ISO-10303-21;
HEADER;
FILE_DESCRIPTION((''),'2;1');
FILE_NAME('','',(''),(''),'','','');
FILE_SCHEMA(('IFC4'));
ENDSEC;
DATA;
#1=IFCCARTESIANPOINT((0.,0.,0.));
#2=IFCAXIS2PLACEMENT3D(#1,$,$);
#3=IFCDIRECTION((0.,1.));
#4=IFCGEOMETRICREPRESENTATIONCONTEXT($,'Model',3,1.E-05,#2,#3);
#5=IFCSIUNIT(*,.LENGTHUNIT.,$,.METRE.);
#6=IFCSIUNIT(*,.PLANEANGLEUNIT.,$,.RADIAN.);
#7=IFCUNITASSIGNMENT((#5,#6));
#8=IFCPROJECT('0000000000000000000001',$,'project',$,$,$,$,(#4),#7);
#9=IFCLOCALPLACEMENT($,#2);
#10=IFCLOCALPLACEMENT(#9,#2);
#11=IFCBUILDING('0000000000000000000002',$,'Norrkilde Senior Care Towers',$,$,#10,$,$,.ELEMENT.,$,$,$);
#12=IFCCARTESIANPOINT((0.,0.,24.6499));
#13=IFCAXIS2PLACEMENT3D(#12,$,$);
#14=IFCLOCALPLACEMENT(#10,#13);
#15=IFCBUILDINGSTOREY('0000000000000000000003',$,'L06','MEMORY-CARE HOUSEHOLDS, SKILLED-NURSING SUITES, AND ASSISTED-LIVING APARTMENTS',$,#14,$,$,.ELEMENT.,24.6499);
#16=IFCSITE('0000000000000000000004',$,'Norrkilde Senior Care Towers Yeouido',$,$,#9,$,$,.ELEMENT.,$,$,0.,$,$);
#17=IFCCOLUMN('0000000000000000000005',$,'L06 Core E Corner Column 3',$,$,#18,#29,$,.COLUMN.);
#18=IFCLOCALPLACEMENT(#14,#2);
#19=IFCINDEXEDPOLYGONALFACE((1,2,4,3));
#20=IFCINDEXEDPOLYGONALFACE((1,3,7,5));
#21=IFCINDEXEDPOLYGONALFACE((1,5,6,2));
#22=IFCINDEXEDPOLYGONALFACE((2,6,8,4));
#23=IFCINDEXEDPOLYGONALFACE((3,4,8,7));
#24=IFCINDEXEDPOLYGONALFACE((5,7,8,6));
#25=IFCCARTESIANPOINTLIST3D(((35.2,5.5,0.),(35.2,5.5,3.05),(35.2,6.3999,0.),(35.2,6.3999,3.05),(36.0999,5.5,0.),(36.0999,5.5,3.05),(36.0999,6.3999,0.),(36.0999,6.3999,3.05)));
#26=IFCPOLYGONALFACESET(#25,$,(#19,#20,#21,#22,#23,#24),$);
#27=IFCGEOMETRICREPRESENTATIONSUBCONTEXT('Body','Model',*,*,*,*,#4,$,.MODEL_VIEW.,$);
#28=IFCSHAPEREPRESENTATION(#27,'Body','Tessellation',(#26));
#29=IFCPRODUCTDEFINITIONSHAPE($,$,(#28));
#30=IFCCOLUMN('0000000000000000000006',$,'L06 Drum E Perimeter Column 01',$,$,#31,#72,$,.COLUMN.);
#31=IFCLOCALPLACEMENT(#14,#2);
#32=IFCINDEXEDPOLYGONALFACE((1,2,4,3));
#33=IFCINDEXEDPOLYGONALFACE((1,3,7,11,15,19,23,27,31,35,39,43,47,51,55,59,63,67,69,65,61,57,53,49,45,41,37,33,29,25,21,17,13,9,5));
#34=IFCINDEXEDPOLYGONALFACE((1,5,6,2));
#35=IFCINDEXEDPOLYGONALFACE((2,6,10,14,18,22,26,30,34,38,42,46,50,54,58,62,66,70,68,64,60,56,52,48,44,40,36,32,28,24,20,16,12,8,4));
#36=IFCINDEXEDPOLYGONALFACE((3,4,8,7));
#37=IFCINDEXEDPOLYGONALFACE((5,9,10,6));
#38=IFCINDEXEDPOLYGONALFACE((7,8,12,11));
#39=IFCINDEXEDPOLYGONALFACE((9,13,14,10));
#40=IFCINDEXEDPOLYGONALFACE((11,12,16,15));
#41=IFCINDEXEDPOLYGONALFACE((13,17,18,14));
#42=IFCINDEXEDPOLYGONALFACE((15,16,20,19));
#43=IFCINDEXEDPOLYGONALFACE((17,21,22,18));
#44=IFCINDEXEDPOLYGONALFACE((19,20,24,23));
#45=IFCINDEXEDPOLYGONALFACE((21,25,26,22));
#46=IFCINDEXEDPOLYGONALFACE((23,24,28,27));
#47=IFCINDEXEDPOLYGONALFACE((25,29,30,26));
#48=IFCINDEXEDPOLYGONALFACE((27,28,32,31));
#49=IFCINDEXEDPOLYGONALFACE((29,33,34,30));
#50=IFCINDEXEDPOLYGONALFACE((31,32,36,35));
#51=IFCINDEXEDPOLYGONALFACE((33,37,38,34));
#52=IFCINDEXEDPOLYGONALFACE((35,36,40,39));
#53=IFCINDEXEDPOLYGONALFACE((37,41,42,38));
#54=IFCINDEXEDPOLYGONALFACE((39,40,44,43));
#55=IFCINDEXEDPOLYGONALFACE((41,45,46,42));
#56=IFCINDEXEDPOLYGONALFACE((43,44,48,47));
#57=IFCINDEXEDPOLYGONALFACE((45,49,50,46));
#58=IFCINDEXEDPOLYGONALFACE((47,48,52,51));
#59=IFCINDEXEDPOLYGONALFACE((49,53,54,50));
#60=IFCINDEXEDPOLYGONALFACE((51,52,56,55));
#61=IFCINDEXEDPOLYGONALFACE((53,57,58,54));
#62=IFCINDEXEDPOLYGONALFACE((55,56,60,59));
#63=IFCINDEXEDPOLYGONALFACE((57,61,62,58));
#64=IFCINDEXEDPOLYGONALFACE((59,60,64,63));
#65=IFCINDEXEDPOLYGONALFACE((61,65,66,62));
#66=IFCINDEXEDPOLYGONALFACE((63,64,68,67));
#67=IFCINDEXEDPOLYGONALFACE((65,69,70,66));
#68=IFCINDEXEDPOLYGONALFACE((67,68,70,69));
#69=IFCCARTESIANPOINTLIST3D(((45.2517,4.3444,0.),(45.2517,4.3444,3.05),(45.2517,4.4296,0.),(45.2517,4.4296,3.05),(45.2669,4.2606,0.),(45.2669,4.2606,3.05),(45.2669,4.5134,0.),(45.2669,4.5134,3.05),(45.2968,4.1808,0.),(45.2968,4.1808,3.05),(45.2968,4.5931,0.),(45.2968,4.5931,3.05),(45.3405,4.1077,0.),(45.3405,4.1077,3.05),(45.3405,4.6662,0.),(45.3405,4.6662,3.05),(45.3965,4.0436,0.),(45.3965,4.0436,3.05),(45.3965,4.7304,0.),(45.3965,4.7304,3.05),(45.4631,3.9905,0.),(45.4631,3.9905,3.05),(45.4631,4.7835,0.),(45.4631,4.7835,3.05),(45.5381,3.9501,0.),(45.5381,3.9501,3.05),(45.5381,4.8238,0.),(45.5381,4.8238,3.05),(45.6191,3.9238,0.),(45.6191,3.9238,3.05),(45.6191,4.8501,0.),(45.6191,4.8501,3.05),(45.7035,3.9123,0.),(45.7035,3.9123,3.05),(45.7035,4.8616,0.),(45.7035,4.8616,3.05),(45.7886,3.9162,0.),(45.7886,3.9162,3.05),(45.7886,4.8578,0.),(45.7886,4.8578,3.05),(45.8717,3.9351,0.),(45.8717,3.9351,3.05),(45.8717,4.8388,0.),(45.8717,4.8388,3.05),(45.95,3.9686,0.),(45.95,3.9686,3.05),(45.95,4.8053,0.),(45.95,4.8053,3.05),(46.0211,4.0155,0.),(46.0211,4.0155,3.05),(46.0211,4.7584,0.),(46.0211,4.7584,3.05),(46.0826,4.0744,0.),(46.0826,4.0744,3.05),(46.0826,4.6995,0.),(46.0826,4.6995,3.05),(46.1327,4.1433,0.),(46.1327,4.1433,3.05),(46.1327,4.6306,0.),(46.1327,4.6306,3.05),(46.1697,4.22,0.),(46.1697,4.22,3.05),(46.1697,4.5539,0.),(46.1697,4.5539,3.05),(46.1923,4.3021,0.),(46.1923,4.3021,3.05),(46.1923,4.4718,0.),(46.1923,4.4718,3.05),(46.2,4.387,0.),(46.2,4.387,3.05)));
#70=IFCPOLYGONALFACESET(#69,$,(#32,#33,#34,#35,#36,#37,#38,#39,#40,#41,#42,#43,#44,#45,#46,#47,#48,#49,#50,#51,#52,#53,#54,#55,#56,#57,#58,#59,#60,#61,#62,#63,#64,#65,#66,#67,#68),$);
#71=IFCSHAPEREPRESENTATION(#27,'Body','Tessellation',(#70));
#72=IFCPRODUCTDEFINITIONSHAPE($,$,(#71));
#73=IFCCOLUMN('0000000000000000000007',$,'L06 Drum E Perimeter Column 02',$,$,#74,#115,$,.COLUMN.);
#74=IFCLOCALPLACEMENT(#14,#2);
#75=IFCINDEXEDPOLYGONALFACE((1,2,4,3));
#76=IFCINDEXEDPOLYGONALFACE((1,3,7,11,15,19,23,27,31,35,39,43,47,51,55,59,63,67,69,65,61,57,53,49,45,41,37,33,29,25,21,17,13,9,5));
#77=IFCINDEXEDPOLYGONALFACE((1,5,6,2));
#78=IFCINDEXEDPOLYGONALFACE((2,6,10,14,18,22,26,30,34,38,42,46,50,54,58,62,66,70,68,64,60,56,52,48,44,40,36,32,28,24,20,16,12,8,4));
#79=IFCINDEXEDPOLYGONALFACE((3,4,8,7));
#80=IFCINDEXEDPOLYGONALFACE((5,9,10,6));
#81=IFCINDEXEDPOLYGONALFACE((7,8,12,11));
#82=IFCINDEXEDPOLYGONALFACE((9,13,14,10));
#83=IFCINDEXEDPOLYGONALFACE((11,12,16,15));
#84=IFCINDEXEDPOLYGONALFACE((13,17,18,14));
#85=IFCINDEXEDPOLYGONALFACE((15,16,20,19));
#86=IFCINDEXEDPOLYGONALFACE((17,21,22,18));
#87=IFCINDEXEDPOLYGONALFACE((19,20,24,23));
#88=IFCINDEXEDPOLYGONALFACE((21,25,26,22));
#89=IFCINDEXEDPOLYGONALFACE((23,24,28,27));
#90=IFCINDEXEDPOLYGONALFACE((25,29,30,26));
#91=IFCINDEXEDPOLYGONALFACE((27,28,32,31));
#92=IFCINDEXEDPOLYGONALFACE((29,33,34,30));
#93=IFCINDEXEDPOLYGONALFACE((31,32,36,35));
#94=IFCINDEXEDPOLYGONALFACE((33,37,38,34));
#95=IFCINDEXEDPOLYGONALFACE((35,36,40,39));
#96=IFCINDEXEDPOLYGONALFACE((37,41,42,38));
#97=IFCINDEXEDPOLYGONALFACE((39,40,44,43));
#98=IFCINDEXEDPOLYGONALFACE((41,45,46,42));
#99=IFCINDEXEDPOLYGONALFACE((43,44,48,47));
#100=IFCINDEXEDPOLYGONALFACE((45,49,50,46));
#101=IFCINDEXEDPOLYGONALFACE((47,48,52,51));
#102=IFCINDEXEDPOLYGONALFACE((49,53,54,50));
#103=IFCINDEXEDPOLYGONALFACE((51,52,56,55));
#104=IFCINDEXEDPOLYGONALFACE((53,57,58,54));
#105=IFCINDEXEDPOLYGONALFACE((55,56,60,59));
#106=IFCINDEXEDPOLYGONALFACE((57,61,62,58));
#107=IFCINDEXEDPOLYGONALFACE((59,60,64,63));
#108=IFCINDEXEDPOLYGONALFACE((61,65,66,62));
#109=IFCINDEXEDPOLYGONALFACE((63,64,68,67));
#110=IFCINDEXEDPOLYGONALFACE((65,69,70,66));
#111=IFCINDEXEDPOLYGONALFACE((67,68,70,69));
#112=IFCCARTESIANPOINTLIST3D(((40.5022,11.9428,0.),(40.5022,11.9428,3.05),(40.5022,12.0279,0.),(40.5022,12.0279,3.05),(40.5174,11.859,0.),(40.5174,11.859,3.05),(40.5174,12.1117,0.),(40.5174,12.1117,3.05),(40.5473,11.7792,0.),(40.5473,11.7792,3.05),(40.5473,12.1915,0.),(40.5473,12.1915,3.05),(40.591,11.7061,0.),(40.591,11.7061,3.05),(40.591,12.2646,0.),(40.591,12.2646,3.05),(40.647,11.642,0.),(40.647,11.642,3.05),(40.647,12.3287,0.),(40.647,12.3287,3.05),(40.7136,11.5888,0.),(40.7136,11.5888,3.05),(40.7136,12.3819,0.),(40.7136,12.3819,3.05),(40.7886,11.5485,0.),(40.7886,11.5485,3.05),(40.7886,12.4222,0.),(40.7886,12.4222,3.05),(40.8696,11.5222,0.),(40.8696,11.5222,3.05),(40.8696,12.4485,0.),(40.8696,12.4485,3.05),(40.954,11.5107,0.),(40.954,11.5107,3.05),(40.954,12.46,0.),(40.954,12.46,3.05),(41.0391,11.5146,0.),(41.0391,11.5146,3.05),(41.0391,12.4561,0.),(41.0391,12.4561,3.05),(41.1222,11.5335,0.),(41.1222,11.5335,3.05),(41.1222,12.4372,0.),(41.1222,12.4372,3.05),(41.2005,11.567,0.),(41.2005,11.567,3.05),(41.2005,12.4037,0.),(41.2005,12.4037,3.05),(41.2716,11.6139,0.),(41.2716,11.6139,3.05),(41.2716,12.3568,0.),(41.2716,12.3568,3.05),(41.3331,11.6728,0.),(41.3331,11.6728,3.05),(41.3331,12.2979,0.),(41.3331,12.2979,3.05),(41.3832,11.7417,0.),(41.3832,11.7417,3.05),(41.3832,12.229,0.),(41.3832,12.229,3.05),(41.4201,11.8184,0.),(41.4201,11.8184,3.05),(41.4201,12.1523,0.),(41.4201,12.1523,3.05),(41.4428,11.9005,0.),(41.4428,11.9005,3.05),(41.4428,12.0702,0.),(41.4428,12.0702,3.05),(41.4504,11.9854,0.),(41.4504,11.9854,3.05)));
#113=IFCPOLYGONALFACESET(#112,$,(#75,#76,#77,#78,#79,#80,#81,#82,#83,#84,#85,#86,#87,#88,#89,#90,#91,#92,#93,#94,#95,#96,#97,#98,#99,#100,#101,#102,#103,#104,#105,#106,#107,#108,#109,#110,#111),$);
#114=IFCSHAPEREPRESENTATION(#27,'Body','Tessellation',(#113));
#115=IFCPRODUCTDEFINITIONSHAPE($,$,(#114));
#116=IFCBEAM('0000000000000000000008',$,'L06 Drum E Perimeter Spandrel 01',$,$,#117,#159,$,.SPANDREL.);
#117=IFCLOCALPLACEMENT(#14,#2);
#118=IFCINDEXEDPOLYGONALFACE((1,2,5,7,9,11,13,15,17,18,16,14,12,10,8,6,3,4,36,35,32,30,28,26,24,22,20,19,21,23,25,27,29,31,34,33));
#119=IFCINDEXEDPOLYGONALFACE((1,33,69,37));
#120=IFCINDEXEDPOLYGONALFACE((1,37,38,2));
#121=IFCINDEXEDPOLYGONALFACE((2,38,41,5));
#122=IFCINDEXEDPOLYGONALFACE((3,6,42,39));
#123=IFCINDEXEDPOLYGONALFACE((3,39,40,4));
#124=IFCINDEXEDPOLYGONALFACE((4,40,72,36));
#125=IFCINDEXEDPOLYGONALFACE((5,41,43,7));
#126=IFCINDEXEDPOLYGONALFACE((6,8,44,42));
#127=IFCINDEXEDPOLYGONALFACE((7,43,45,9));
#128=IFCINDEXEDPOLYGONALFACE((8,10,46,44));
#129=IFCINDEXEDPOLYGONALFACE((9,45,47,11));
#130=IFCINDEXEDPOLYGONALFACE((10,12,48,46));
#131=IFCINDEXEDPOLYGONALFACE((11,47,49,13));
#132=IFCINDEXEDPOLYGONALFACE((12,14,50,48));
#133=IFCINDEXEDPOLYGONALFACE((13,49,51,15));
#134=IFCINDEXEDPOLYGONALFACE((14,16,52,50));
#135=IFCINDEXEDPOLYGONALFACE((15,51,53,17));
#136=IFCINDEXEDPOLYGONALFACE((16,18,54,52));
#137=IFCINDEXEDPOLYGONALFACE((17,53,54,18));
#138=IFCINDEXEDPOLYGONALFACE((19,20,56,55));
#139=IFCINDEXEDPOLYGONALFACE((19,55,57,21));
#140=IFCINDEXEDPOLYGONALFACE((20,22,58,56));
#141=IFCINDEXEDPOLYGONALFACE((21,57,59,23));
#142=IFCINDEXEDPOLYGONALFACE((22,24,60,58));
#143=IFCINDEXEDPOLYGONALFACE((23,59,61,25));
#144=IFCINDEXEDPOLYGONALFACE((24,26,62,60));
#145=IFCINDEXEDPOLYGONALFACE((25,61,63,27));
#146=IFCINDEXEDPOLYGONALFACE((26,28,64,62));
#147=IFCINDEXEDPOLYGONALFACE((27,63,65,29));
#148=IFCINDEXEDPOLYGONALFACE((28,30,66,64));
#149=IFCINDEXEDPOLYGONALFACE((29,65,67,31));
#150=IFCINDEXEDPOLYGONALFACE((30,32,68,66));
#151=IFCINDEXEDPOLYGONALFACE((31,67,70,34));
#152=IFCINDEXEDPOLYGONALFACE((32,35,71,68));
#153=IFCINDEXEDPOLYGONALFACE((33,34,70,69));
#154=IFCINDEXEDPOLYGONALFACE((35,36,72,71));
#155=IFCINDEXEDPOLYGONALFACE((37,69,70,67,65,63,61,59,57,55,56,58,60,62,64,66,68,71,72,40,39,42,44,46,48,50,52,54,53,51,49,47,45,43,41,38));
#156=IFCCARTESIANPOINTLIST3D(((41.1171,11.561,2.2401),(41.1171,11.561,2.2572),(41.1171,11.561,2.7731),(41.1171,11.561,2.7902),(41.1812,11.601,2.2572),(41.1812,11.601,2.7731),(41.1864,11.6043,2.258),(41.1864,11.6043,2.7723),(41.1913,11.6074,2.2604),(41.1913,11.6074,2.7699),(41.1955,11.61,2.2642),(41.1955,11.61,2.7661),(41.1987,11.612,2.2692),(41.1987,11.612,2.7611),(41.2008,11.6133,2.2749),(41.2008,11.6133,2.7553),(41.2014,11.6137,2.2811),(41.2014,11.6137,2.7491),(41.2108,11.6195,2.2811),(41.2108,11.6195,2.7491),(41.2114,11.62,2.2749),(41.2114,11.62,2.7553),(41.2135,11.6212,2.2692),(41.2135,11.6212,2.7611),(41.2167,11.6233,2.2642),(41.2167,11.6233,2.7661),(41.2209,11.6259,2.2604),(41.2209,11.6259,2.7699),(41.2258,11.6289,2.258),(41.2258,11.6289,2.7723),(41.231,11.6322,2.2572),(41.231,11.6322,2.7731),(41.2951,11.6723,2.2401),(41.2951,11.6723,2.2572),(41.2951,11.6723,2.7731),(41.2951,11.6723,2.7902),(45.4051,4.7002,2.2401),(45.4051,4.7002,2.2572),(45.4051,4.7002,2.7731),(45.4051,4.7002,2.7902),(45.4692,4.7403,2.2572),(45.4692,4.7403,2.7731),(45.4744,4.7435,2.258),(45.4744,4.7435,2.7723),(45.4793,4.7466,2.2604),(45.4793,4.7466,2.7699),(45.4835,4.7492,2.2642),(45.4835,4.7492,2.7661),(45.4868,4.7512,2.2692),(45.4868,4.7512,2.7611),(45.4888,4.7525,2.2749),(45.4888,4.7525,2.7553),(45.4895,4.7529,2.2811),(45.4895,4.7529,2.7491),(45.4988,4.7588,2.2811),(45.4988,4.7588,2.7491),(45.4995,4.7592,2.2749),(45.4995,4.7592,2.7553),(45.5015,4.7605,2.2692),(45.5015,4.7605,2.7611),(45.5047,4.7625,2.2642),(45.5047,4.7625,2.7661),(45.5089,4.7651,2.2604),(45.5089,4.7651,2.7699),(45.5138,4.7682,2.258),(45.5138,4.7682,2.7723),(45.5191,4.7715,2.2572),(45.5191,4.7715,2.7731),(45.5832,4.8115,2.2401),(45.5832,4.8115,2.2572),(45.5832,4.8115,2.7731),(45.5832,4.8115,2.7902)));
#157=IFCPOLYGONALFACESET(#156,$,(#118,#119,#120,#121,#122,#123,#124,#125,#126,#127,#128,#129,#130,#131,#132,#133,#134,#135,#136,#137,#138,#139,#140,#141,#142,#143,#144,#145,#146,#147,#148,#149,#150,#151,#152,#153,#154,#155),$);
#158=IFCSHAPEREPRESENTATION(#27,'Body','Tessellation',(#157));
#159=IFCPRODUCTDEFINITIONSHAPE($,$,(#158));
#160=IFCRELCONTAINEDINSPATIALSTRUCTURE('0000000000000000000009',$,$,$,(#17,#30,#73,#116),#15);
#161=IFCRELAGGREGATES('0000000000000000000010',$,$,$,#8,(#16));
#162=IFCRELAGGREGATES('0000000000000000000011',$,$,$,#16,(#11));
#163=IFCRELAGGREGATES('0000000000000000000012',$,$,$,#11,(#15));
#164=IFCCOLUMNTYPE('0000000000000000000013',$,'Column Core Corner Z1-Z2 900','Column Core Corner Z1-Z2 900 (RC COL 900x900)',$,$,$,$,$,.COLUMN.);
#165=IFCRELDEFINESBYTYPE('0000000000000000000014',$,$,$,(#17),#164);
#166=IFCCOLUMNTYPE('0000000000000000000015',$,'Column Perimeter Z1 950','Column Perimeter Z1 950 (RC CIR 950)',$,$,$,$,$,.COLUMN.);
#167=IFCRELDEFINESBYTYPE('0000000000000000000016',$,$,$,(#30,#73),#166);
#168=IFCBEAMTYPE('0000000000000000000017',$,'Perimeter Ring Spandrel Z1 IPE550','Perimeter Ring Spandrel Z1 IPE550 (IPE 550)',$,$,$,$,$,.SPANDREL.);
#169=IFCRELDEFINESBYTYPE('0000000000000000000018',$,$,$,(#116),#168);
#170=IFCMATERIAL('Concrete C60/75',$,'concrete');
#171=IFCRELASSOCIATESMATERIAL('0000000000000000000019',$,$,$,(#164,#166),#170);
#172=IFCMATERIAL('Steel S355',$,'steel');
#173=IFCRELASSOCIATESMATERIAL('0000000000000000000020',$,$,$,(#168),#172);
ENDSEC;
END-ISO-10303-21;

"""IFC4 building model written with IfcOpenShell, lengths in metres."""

from ifc_helpers import new_model, si_unit, direction, frame, origin, origin_2d, place, context, subcontext, project, spatial, rectangle, circle, i_section, extrude, source, transform, mapped, material, material_profile, profile_set, type_object, type_shapes, element, save


model = new_model("IFC4")

# Units and contexts
model_context = context("Model", 3, precision=1e-05, world=origin(), true_north=direction((0.0, 1.0)))
body_context = subcontext(model_context, "Body", "Model", "MODEL_VIEW")
ifc_project = project(units=[si_unit("LENGTHUNIT", "METRE"), si_unit("PLANEANGLEUNIT", "RADIAN")], contexts=[model_context])

# Site, building, storey
site_placement = place(None, origin())
site = spatial("IfcSite", under=ifc_project, at=site_placement, Name="Norrkilde Senior Care Towers Yeouido", CompositionType="ELEMENT", RefElevation=0.0)
building_placement = place(site_placement, origin())
building = spatial("IfcBuilding", under=site, at=building_placement, Name="Norrkilde Senior Care Towers", CompositionType="ELEMENT")
storey_placement = place(building_placement, frame((0.0, 0.0, 24.6499)))
storey = spatial("IfcBuildingStorey", under=building, at=storey_placement, Name="L06", Description="MEMORY-CARE HOUSEHOLDS, SKILLED-NURSING SUITES, AND ASSISTED-LIVING APARTMENTS", CompositionType="ELEMENT", Elevation=24.6499)

# Columns
ifc_material_1 = material(Name="Concrete C60/75", Category="concrete")
ifc_material_profile_1 = material_profile(ifc_material_1, rectangle(XDim=0.8999, YDim=0.8999, at=origin_2d()), Name="RC COL 900x900")
ifc_profile_set_1 = profile_set([ifc_material_profile_1], Name="Concrete C60/75")
column_type_1 = type_object("IfcColumnType", Name="Column Core Corner Z1-Z2 900", Description="Column Core Corner Z1-Z2 900 (RC COL 900x900)", PredefinedType="COLUMN", material=ifc_profile_set_1)
shared_shape_1 = source(origin(), body_context, "Body", "SweptSolid", [
    extrude(rectangle(XDim=0.8999, YDim=0.8999, at=origin_2d()), origin(), (0.0, 0.0, 1.0), 3.05),
])
type_shapes(column_type_1, [shared_shape_1])
column_placement = place(storey_placement, frame((35.6499, 5.95, 0.0), z_axis=(0.0, 0.0, 1.0), x_axis=(1.0, 0.0, 0.0)))
element("IfcColumn", 1, at=column_placement, inside=storey, type_object=column_type_1, Name="L06 Core E Corner Column 3", PredefinedType="COLUMN", context=body_context, shape_type="MappedRepresentation", body=[
    mapped(shared_shape_1, transform((0.0, 0.0, 0.0), x_axis=(1.0, 0.0, 0.0), y_axis=(0.0, 1.0, 0.0), z_axis=(0.0, 0.0, 1.0), scale=1.0)),
])
ifc_material_profile_2 = material_profile(ifc_material_1, circle(Radius=0.4751, at=origin_2d()), Name="RC CIR 950")
ifc_profile_set_2 = profile_set([ifc_material_profile_2], Name="Concrete C60/75")
column_type_2 = type_object("IfcColumnType", Name="Column Perimeter Z1 950", Description="Column Perimeter Z1 950 (RC CIR 950)", PredefinedType="COLUMN", material=ifc_profile_set_2)
shared_shape_2 = source(origin(), body_context, "Body", "SweptSolid", [
    extrude(circle(Radius=0.4751, at=origin_2d()), origin(), (0.0, 0.0, 1.0), 3.05),
])
type_shapes(column_type_2, [shared_shape_2])
for number, where, z_axis, x_axis, name in (
    (2, (45.7249, 4.387, 0.0), (0.0, 0.0, 1.0), (1.0, 0.0, 0.0), "L06 Drum E Perimeter Column 01"),
    (3, (40.9753, 11.9854, 0.0), (0.0, 0.0, 1.0), (1.0, 0.0, 0.0), "L06 Drum E Perimeter Column 02"),
):
    element("IfcColumn", number, at=place(storey_placement, frame(where, z_axis=z_axis, x_axis=x_axis)), inside=storey, type_object=column_type_2, Name=name, PredefinedType="COLUMN", context=body_context, shape_type="MappedRepresentation", body=[
        mapped(shared_shape_2, transform((0.0, 0.0, 0.0), x_axis=(1.0, 0.0, 0.0), y_axis=(0.0, 1.0, 0.0), z_axis=(0.0, 0.0, 1.0), scale=1.0)),
    ])

# Beam
ifc_material_2 = material(Name="Steel S355", Category="steel")
ifc_material_profile_3 = material_profile(ifc_material_2, i_section(OverallWidth=0.21, OverallDepth=0.55, WebThickness=0.011, FlangeThickness=0.0171, FilletRadius=0.0239, at=origin_2d()), Name="IPE 550")
ifc_profile_set_3 = profile_set([ifc_material_profile_3], Name="Steel S355")
beam_type_1 = type_object("IfcBeamType", Name="Perimeter Ring Spandrel Z1 IPE550", Description="Perimeter Ring Spandrel Z1 IPE550 (IPE 550)", PredefinedType="SPANDREL", material=ifc_profile_set_3)
shared_shape_3 = source(origin(), body_context, "Body", "SweptSolid", [
    extrude(i_section(OverallWidth=0.21, OverallDepth=0.55, WebThickness=0.011, FlangeThickness=0.0171, FilletRadius=0.0239, at=origin_2d()), origin(), (0.0, 0.0, 1.0), 8.0906),
])
beam_1_placement = place(storey_placement, frame((45.4941, 4.7559, 2.5151), z_axis=(-0.530004, 0.847995, 0.0), x_axis=(-0.847995, -0.530004, 0.0)))
element("IfcBeam", 4, at=beam_1_placement, inside=storey, type_object=beam_type_1, Name="L06 Drum E Perimeter Spandrel 01", PredefinedType="SPANDREL", context=body_context, shape_type="MappedRepresentation", body=[
    mapped(shared_shape_3, transform((0.0, 0.0, 0.0), x_axis=(1.0, 0.0, 0.0), y_axis=(0.0, 1.0, 0.0), z_axis=(0.0, 0.0, 1.0), scale=1.0)),
])

save(model, "model.ifc")
